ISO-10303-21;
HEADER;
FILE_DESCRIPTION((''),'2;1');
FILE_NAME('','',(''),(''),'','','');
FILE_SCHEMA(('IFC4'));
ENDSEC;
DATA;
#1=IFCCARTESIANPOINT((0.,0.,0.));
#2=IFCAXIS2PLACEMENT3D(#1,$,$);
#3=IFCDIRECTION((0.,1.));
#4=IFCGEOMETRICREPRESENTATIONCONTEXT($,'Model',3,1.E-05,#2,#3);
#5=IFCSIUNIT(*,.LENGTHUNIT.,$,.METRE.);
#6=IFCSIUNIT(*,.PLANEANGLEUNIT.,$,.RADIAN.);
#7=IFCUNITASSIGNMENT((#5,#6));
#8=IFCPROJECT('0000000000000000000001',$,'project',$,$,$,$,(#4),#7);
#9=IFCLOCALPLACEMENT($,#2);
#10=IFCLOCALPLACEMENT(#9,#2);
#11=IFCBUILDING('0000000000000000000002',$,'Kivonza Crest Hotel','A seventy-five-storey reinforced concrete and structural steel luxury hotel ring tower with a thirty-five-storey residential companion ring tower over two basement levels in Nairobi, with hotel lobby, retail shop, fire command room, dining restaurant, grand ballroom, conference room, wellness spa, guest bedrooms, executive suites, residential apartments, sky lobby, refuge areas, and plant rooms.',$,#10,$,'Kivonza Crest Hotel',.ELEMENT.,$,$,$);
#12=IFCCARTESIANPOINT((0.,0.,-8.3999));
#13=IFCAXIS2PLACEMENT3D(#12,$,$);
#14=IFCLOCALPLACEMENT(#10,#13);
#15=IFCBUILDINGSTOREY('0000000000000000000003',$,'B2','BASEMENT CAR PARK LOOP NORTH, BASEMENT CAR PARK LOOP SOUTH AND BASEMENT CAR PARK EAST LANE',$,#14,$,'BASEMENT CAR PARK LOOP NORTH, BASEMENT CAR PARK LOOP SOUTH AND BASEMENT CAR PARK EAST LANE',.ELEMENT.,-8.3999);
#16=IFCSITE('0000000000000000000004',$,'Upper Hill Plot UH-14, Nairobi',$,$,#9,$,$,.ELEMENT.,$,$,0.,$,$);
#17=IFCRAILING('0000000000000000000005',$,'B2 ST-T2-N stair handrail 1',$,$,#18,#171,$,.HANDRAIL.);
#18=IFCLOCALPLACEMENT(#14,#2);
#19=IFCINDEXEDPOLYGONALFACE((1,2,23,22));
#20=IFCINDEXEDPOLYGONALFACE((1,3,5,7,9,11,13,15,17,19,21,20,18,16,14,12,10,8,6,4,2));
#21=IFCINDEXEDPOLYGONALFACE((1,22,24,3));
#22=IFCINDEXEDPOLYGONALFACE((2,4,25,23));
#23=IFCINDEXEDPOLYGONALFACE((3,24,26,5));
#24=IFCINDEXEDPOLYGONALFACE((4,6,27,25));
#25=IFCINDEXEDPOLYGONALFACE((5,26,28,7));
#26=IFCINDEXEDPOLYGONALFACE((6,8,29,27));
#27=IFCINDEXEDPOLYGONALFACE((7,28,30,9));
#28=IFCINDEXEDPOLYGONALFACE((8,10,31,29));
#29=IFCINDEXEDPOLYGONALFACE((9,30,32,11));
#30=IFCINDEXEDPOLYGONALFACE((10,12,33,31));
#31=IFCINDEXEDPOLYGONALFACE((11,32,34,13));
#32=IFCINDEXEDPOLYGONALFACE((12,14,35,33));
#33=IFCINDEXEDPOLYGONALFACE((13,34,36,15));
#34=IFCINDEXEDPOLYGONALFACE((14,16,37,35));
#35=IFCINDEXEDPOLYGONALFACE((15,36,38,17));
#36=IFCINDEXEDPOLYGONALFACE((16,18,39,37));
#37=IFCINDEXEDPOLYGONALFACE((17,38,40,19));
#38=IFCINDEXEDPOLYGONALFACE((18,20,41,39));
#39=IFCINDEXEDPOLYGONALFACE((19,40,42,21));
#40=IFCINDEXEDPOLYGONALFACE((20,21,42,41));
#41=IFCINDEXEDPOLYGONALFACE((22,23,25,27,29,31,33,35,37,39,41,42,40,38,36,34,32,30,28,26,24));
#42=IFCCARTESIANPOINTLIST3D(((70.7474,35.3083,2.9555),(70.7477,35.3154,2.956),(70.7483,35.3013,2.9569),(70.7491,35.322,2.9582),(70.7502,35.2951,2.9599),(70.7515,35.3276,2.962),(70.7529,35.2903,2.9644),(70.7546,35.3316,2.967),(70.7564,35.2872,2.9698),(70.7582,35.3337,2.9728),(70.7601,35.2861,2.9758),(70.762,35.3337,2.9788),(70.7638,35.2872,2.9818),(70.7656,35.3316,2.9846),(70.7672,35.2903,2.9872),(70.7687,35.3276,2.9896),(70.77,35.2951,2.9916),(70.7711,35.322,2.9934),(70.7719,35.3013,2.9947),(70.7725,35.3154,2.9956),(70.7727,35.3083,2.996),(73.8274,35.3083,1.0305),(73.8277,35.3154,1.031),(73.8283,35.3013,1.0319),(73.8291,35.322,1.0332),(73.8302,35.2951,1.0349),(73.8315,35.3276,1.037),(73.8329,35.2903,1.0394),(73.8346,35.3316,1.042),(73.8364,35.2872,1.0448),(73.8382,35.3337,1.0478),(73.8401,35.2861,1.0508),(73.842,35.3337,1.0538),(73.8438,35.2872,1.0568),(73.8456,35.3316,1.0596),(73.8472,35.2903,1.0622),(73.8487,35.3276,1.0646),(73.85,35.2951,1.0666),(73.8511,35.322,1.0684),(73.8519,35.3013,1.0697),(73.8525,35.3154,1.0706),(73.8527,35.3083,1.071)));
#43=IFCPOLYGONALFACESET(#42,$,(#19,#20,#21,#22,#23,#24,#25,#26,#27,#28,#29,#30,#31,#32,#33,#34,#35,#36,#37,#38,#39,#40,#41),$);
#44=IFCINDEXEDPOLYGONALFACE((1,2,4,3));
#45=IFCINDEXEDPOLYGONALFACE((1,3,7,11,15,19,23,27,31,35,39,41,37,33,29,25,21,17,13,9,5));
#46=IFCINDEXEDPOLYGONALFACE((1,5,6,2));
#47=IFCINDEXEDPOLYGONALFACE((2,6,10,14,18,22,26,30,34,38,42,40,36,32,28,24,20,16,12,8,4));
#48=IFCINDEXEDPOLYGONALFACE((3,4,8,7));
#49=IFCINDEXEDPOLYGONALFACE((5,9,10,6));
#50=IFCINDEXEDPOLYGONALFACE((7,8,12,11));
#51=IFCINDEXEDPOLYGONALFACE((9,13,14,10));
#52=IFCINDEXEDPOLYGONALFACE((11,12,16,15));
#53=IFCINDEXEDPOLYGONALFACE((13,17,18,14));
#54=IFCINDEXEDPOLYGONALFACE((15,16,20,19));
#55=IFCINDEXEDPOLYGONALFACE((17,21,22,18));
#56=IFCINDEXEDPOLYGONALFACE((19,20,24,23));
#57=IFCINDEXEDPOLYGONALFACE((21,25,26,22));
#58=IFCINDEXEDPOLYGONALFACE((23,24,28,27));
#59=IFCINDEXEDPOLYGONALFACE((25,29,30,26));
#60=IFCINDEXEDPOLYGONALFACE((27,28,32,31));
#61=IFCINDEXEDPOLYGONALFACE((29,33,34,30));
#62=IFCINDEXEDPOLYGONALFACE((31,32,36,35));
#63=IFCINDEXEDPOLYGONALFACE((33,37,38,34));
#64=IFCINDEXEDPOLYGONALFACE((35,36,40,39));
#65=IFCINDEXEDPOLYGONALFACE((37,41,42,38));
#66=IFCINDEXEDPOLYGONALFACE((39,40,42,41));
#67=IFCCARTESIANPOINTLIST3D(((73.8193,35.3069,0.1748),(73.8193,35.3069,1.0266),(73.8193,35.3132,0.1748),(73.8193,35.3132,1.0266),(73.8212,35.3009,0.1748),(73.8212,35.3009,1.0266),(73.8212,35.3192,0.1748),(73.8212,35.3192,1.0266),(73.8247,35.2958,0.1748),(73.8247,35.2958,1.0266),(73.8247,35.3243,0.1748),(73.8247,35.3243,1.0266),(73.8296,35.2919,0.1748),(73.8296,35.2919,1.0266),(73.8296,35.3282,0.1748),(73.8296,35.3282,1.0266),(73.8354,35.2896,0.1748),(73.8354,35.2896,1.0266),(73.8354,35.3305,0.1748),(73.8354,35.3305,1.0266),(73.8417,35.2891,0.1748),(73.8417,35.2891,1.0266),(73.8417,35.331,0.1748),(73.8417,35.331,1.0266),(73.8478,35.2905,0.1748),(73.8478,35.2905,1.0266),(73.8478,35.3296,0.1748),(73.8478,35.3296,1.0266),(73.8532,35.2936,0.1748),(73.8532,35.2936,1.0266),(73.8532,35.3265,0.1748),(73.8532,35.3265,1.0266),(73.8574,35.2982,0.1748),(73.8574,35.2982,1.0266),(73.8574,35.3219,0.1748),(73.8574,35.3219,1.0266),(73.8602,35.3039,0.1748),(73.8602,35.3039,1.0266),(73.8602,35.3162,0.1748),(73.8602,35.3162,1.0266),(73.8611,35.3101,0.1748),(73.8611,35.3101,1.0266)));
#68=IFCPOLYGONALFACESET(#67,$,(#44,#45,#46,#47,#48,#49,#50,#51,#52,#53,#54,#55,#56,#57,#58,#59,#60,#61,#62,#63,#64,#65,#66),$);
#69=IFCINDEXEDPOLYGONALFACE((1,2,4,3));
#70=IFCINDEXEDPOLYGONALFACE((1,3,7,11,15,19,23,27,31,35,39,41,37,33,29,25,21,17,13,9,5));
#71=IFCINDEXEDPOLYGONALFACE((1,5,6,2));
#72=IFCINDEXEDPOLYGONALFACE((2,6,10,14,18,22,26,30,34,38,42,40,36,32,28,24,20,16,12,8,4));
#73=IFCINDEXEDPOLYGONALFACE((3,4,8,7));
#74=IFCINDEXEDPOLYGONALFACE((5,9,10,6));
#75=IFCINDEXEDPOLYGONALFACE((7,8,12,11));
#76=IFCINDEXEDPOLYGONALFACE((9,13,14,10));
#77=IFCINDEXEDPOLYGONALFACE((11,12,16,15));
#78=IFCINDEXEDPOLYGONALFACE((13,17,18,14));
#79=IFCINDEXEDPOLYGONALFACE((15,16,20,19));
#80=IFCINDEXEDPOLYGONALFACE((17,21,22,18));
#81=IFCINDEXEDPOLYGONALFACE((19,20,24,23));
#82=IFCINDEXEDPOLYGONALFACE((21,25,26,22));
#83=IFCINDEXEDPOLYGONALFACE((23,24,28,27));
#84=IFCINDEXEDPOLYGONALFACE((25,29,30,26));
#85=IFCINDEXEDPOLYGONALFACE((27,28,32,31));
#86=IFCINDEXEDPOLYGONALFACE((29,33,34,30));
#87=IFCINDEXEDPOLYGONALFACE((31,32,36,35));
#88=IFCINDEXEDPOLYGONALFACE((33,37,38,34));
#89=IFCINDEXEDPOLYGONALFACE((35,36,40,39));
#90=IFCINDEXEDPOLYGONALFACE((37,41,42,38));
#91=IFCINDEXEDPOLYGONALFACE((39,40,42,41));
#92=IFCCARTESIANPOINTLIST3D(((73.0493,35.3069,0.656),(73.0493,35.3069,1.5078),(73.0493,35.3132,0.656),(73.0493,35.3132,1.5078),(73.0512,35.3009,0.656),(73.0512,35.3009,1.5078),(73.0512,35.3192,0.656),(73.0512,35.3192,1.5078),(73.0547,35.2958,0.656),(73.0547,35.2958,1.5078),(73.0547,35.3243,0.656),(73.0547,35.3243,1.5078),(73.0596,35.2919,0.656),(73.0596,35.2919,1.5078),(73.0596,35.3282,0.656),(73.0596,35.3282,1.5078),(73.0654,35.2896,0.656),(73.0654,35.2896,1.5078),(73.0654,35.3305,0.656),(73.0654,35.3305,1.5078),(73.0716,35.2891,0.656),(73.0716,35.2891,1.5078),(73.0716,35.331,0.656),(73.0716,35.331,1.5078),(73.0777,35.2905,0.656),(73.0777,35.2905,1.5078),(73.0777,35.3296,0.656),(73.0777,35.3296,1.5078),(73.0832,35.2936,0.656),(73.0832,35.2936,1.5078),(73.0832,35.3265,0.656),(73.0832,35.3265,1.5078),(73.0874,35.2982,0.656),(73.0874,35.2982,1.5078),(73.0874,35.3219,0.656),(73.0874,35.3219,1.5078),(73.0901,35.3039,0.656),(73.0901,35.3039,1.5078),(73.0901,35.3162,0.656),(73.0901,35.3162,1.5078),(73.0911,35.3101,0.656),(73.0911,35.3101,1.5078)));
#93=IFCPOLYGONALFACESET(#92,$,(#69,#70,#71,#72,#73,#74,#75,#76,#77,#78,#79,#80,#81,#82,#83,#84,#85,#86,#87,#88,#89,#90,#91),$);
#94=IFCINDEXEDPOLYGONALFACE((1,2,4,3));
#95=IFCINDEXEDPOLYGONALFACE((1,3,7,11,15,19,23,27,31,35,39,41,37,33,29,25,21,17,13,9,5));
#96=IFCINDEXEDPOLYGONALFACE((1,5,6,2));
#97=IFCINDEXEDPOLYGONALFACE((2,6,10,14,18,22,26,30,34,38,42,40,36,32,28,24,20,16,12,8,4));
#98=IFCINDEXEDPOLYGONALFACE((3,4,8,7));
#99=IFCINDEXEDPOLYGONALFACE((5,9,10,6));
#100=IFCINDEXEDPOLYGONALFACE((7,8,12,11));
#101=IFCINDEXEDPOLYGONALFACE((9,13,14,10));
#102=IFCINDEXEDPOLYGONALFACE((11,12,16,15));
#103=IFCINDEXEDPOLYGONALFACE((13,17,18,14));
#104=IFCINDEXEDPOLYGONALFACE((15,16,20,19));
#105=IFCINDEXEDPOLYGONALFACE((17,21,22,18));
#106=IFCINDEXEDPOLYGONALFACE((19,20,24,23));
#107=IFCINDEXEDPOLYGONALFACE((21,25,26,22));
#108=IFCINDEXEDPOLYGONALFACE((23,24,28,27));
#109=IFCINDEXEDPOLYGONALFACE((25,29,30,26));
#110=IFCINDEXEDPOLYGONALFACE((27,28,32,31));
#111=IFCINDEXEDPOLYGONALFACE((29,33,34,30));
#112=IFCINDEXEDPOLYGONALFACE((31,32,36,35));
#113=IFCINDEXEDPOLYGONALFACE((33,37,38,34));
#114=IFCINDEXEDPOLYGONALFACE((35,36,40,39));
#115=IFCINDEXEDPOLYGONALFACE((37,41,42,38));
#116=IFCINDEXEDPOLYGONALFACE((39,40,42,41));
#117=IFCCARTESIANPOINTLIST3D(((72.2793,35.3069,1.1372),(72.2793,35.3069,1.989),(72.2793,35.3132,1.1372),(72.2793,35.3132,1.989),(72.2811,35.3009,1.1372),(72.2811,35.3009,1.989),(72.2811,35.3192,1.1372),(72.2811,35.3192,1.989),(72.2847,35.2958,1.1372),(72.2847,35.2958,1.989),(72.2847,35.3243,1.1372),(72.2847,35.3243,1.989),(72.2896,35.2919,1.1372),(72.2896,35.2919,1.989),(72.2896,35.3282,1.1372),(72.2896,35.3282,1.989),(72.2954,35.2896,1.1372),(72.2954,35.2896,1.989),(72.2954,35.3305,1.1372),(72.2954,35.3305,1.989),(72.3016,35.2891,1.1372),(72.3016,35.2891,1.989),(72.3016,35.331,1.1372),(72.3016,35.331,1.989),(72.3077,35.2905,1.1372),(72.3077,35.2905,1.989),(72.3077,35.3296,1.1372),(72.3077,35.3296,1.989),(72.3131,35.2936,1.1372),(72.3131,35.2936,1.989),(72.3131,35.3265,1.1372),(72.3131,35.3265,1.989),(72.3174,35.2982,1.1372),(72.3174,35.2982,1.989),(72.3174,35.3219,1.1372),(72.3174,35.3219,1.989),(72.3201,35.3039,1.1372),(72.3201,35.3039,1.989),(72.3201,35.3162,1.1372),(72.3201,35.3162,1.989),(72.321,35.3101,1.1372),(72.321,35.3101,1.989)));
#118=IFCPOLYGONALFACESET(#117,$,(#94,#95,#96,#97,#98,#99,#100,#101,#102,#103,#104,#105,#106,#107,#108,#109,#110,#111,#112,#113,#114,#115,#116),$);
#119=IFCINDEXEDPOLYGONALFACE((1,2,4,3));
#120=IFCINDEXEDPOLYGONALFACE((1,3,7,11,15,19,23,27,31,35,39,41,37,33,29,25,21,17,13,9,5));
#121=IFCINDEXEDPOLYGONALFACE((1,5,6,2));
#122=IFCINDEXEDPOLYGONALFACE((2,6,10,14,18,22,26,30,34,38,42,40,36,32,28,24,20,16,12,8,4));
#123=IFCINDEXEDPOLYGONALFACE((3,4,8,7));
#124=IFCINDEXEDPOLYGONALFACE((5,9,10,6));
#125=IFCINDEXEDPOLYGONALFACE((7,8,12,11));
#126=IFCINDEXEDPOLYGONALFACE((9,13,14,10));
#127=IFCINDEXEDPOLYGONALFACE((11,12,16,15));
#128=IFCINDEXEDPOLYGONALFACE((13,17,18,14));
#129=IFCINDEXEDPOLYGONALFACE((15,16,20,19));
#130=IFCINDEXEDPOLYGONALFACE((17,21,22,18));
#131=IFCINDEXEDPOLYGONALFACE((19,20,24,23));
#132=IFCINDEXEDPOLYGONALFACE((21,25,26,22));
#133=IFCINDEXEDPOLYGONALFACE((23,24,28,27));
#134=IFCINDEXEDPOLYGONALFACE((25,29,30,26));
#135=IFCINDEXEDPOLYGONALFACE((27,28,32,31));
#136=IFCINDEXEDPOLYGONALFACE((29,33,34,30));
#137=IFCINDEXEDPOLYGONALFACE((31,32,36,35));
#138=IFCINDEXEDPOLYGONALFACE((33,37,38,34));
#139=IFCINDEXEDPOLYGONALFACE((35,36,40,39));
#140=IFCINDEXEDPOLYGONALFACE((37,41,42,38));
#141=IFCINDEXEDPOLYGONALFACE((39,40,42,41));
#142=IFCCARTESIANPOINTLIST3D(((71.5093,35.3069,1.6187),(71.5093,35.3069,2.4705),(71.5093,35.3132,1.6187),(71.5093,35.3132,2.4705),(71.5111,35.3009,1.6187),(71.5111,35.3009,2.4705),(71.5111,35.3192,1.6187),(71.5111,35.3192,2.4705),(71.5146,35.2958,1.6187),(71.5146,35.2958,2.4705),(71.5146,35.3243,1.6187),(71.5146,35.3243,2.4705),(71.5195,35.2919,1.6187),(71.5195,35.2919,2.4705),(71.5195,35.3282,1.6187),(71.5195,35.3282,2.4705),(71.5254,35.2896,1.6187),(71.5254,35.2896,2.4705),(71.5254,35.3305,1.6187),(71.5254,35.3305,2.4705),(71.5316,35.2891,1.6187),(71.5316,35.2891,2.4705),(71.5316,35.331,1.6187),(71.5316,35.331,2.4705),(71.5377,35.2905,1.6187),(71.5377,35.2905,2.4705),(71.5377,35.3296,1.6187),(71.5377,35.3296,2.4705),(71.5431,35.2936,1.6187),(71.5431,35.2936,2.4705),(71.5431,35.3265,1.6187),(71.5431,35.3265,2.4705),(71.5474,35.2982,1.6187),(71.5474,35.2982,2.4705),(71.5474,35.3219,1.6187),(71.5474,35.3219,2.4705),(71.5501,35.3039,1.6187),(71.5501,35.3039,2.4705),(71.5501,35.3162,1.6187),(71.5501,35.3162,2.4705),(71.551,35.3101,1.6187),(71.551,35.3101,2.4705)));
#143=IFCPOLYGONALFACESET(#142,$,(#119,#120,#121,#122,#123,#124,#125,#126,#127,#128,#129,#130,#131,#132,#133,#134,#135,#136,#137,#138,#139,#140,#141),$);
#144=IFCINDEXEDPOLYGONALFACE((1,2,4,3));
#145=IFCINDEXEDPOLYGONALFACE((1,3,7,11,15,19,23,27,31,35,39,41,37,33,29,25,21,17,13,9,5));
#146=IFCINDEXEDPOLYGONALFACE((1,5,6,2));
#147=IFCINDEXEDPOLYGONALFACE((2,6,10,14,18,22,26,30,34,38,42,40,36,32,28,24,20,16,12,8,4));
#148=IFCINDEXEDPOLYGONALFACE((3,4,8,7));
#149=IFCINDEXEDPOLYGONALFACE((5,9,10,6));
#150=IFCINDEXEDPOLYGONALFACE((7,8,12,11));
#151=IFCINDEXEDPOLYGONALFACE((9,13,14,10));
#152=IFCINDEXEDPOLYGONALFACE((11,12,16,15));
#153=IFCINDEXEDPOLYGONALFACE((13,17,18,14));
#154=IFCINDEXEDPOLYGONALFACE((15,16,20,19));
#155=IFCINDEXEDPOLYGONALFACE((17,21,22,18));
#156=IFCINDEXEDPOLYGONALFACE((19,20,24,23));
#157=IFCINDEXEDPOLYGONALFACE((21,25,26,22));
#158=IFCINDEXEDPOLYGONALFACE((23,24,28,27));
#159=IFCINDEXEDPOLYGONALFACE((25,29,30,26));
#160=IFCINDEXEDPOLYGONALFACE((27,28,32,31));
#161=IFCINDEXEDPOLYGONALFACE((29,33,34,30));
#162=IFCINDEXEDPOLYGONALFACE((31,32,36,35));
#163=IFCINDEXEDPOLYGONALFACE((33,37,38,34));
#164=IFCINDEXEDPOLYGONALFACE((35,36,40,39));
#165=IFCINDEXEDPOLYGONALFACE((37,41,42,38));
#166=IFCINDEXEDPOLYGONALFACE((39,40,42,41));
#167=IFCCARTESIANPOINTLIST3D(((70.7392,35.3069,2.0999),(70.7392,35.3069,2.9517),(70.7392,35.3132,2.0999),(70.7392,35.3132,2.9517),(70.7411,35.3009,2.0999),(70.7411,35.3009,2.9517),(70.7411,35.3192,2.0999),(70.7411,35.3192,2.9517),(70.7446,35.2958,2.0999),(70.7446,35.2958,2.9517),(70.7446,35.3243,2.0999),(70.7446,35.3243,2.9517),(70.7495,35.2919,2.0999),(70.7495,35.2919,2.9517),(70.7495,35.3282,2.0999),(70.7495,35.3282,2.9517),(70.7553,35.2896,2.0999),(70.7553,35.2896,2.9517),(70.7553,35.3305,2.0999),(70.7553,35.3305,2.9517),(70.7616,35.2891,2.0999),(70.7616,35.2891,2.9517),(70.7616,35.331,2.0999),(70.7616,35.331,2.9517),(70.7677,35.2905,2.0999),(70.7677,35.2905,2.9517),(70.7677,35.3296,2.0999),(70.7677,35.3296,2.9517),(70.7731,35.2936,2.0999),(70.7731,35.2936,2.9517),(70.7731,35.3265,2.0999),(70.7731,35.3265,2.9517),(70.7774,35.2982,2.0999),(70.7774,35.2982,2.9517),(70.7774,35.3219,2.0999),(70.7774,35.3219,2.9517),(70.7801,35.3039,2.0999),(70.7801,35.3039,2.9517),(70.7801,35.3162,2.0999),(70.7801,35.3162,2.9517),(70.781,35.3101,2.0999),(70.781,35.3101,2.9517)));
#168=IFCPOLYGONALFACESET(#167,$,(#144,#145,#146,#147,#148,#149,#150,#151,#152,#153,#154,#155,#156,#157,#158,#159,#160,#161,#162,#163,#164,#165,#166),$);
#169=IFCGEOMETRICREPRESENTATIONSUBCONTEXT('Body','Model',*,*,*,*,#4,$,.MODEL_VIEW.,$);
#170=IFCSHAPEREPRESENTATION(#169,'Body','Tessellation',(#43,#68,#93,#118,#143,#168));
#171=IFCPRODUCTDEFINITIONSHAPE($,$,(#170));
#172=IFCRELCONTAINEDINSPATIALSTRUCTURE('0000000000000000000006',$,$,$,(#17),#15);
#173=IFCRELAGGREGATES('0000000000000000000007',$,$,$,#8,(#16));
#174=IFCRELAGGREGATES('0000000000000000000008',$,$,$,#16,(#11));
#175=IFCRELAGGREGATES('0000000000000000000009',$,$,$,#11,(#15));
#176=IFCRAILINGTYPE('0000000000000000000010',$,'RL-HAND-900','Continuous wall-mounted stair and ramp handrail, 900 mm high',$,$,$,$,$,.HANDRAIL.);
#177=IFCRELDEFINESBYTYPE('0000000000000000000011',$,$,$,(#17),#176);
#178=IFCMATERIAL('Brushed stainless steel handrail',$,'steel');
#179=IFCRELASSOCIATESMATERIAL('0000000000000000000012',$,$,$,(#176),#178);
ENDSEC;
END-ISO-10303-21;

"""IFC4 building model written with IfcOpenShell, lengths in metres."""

from ifc_helpers import new_model, si_unit, direction, frame, origin, origin_2d, place, context, subcontext, project, spatial, circle, extrude, material, type_object, element, save


model = new_model("IFC4")

# Units and contexts
model_context = context("Model", 3, precision=1e-05, world=origin(), true_north=direction((0.0, 1.0)))
body_context = subcontext(model_context, "Body", "Model", "MODEL_VIEW")
ifc_project = project(units=[si_unit("LENGTHUNIT", "METRE"), si_unit("PLANEANGLEUNIT", "RADIAN")], contexts=[model_context])

# Site, building, storey
site_placement = place(None, origin())
site = spatial("IfcSite", under=ifc_project, at=site_placement, Name="Upper Hill Plot UH-14, Nairobi", CompositionType="ELEMENT", RefElevation=0.0)
building_placement = place(site_placement, origin())
building = spatial("IfcBuilding", under=site, at=building_placement, Name="Kivonza Crest Hotel", Description="A seventy-five-storey reinforced concrete and structural steel luxury hotel ring tower with a thirty-five-storey residential companion ring tower over two basement levels in Nairobi, with hotel lobby, retail shop, fire command room, dining restaurant, grand ballroom, conference room, wellness spa, guest bedrooms, executive suites, residential apartments, sky lobby, refuge areas, and plant rooms.", LongName="Kivonza Crest Hotel", CompositionType="ELEMENT")
storey_placement = place(building_placement, frame((0.0, 0.0, -8.3999)))
storey = spatial("IfcBuildingStorey", under=building, at=storey_placement, Name="B2", Description="BASEMENT CAR PARK LOOP NORTH, BASEMENT CAR PARK LOOP SOUTH AND BASEMENT CAR PARK EAST LANE", LongName="BASEMENT CAR PARK LOOP NORTH, BASEMENT CAR PARK LOOP SOUTH AND BASEMENT CAR PARK EAST LANE", CompositionType="ELEMENT", Elevation=-8.3999)

# Railing
ifc_material_1 = material(Name="Brushed stainless steel handrail", Category="steel")
railing_type_1 = type_object("IfcRailingType", Name="RL-HAND-900", Description="Continuous wall-mounted stair and ramp handrail, 900 mm high", PredefinedType="HANDRAIL", material=ifc_material_1)
railing_1_placement = place(storey_placement, frame((73.8401, 35.3101, 0.1748)))
element("IfcRailing", 1, at=railing_1_placement, inside=storey, type_object=railing_type_1, Name="B2 ST-T2-N stair handrail 1", PredefinedType="HANDRAIL", context=body_context, shape_type="SweptSolid", body=[
    extrude(circle(Radius=0.0239, at=origin_2d()), frame((0.0, 0.0, 0.876), z_axis=(-0.847998, 0.0, 0.529999), x_axis=(0.0, -1.0, 0.0)), (0.0, 0.0, 1.0), 3.6321),
    extrude(circle(Radius=0.021, at=origin_2d()), origin(), (0.0, 0.0, 1.0), 0.8518),
    extrude(circle(Radius=0.021, at=origin_2d()), frame((-0.77, 0.0, 0.4812)), (0.0, 0.0, 1.0), 0.8518),
    extrude(circle(Radius=0.021, at=origin_2d()), frame((-1.54, 0.0, 0.9624)), (0.0, 0.0, 1.0), 0.8518),
    extrude(circle(Radius=0.021, at=origin_2d()), frame((-2.3101, 0.0, 1.4438)), (0.0, 0.0, 1.0), 0.8518),
    extrude(circle(Radius=0.021, at=origin_2d()), frame((-3.0801, 0.0, 1.925)), (0.0, 0.0, 1.0), 0.8518),
])

save(model, "model.ifc")
